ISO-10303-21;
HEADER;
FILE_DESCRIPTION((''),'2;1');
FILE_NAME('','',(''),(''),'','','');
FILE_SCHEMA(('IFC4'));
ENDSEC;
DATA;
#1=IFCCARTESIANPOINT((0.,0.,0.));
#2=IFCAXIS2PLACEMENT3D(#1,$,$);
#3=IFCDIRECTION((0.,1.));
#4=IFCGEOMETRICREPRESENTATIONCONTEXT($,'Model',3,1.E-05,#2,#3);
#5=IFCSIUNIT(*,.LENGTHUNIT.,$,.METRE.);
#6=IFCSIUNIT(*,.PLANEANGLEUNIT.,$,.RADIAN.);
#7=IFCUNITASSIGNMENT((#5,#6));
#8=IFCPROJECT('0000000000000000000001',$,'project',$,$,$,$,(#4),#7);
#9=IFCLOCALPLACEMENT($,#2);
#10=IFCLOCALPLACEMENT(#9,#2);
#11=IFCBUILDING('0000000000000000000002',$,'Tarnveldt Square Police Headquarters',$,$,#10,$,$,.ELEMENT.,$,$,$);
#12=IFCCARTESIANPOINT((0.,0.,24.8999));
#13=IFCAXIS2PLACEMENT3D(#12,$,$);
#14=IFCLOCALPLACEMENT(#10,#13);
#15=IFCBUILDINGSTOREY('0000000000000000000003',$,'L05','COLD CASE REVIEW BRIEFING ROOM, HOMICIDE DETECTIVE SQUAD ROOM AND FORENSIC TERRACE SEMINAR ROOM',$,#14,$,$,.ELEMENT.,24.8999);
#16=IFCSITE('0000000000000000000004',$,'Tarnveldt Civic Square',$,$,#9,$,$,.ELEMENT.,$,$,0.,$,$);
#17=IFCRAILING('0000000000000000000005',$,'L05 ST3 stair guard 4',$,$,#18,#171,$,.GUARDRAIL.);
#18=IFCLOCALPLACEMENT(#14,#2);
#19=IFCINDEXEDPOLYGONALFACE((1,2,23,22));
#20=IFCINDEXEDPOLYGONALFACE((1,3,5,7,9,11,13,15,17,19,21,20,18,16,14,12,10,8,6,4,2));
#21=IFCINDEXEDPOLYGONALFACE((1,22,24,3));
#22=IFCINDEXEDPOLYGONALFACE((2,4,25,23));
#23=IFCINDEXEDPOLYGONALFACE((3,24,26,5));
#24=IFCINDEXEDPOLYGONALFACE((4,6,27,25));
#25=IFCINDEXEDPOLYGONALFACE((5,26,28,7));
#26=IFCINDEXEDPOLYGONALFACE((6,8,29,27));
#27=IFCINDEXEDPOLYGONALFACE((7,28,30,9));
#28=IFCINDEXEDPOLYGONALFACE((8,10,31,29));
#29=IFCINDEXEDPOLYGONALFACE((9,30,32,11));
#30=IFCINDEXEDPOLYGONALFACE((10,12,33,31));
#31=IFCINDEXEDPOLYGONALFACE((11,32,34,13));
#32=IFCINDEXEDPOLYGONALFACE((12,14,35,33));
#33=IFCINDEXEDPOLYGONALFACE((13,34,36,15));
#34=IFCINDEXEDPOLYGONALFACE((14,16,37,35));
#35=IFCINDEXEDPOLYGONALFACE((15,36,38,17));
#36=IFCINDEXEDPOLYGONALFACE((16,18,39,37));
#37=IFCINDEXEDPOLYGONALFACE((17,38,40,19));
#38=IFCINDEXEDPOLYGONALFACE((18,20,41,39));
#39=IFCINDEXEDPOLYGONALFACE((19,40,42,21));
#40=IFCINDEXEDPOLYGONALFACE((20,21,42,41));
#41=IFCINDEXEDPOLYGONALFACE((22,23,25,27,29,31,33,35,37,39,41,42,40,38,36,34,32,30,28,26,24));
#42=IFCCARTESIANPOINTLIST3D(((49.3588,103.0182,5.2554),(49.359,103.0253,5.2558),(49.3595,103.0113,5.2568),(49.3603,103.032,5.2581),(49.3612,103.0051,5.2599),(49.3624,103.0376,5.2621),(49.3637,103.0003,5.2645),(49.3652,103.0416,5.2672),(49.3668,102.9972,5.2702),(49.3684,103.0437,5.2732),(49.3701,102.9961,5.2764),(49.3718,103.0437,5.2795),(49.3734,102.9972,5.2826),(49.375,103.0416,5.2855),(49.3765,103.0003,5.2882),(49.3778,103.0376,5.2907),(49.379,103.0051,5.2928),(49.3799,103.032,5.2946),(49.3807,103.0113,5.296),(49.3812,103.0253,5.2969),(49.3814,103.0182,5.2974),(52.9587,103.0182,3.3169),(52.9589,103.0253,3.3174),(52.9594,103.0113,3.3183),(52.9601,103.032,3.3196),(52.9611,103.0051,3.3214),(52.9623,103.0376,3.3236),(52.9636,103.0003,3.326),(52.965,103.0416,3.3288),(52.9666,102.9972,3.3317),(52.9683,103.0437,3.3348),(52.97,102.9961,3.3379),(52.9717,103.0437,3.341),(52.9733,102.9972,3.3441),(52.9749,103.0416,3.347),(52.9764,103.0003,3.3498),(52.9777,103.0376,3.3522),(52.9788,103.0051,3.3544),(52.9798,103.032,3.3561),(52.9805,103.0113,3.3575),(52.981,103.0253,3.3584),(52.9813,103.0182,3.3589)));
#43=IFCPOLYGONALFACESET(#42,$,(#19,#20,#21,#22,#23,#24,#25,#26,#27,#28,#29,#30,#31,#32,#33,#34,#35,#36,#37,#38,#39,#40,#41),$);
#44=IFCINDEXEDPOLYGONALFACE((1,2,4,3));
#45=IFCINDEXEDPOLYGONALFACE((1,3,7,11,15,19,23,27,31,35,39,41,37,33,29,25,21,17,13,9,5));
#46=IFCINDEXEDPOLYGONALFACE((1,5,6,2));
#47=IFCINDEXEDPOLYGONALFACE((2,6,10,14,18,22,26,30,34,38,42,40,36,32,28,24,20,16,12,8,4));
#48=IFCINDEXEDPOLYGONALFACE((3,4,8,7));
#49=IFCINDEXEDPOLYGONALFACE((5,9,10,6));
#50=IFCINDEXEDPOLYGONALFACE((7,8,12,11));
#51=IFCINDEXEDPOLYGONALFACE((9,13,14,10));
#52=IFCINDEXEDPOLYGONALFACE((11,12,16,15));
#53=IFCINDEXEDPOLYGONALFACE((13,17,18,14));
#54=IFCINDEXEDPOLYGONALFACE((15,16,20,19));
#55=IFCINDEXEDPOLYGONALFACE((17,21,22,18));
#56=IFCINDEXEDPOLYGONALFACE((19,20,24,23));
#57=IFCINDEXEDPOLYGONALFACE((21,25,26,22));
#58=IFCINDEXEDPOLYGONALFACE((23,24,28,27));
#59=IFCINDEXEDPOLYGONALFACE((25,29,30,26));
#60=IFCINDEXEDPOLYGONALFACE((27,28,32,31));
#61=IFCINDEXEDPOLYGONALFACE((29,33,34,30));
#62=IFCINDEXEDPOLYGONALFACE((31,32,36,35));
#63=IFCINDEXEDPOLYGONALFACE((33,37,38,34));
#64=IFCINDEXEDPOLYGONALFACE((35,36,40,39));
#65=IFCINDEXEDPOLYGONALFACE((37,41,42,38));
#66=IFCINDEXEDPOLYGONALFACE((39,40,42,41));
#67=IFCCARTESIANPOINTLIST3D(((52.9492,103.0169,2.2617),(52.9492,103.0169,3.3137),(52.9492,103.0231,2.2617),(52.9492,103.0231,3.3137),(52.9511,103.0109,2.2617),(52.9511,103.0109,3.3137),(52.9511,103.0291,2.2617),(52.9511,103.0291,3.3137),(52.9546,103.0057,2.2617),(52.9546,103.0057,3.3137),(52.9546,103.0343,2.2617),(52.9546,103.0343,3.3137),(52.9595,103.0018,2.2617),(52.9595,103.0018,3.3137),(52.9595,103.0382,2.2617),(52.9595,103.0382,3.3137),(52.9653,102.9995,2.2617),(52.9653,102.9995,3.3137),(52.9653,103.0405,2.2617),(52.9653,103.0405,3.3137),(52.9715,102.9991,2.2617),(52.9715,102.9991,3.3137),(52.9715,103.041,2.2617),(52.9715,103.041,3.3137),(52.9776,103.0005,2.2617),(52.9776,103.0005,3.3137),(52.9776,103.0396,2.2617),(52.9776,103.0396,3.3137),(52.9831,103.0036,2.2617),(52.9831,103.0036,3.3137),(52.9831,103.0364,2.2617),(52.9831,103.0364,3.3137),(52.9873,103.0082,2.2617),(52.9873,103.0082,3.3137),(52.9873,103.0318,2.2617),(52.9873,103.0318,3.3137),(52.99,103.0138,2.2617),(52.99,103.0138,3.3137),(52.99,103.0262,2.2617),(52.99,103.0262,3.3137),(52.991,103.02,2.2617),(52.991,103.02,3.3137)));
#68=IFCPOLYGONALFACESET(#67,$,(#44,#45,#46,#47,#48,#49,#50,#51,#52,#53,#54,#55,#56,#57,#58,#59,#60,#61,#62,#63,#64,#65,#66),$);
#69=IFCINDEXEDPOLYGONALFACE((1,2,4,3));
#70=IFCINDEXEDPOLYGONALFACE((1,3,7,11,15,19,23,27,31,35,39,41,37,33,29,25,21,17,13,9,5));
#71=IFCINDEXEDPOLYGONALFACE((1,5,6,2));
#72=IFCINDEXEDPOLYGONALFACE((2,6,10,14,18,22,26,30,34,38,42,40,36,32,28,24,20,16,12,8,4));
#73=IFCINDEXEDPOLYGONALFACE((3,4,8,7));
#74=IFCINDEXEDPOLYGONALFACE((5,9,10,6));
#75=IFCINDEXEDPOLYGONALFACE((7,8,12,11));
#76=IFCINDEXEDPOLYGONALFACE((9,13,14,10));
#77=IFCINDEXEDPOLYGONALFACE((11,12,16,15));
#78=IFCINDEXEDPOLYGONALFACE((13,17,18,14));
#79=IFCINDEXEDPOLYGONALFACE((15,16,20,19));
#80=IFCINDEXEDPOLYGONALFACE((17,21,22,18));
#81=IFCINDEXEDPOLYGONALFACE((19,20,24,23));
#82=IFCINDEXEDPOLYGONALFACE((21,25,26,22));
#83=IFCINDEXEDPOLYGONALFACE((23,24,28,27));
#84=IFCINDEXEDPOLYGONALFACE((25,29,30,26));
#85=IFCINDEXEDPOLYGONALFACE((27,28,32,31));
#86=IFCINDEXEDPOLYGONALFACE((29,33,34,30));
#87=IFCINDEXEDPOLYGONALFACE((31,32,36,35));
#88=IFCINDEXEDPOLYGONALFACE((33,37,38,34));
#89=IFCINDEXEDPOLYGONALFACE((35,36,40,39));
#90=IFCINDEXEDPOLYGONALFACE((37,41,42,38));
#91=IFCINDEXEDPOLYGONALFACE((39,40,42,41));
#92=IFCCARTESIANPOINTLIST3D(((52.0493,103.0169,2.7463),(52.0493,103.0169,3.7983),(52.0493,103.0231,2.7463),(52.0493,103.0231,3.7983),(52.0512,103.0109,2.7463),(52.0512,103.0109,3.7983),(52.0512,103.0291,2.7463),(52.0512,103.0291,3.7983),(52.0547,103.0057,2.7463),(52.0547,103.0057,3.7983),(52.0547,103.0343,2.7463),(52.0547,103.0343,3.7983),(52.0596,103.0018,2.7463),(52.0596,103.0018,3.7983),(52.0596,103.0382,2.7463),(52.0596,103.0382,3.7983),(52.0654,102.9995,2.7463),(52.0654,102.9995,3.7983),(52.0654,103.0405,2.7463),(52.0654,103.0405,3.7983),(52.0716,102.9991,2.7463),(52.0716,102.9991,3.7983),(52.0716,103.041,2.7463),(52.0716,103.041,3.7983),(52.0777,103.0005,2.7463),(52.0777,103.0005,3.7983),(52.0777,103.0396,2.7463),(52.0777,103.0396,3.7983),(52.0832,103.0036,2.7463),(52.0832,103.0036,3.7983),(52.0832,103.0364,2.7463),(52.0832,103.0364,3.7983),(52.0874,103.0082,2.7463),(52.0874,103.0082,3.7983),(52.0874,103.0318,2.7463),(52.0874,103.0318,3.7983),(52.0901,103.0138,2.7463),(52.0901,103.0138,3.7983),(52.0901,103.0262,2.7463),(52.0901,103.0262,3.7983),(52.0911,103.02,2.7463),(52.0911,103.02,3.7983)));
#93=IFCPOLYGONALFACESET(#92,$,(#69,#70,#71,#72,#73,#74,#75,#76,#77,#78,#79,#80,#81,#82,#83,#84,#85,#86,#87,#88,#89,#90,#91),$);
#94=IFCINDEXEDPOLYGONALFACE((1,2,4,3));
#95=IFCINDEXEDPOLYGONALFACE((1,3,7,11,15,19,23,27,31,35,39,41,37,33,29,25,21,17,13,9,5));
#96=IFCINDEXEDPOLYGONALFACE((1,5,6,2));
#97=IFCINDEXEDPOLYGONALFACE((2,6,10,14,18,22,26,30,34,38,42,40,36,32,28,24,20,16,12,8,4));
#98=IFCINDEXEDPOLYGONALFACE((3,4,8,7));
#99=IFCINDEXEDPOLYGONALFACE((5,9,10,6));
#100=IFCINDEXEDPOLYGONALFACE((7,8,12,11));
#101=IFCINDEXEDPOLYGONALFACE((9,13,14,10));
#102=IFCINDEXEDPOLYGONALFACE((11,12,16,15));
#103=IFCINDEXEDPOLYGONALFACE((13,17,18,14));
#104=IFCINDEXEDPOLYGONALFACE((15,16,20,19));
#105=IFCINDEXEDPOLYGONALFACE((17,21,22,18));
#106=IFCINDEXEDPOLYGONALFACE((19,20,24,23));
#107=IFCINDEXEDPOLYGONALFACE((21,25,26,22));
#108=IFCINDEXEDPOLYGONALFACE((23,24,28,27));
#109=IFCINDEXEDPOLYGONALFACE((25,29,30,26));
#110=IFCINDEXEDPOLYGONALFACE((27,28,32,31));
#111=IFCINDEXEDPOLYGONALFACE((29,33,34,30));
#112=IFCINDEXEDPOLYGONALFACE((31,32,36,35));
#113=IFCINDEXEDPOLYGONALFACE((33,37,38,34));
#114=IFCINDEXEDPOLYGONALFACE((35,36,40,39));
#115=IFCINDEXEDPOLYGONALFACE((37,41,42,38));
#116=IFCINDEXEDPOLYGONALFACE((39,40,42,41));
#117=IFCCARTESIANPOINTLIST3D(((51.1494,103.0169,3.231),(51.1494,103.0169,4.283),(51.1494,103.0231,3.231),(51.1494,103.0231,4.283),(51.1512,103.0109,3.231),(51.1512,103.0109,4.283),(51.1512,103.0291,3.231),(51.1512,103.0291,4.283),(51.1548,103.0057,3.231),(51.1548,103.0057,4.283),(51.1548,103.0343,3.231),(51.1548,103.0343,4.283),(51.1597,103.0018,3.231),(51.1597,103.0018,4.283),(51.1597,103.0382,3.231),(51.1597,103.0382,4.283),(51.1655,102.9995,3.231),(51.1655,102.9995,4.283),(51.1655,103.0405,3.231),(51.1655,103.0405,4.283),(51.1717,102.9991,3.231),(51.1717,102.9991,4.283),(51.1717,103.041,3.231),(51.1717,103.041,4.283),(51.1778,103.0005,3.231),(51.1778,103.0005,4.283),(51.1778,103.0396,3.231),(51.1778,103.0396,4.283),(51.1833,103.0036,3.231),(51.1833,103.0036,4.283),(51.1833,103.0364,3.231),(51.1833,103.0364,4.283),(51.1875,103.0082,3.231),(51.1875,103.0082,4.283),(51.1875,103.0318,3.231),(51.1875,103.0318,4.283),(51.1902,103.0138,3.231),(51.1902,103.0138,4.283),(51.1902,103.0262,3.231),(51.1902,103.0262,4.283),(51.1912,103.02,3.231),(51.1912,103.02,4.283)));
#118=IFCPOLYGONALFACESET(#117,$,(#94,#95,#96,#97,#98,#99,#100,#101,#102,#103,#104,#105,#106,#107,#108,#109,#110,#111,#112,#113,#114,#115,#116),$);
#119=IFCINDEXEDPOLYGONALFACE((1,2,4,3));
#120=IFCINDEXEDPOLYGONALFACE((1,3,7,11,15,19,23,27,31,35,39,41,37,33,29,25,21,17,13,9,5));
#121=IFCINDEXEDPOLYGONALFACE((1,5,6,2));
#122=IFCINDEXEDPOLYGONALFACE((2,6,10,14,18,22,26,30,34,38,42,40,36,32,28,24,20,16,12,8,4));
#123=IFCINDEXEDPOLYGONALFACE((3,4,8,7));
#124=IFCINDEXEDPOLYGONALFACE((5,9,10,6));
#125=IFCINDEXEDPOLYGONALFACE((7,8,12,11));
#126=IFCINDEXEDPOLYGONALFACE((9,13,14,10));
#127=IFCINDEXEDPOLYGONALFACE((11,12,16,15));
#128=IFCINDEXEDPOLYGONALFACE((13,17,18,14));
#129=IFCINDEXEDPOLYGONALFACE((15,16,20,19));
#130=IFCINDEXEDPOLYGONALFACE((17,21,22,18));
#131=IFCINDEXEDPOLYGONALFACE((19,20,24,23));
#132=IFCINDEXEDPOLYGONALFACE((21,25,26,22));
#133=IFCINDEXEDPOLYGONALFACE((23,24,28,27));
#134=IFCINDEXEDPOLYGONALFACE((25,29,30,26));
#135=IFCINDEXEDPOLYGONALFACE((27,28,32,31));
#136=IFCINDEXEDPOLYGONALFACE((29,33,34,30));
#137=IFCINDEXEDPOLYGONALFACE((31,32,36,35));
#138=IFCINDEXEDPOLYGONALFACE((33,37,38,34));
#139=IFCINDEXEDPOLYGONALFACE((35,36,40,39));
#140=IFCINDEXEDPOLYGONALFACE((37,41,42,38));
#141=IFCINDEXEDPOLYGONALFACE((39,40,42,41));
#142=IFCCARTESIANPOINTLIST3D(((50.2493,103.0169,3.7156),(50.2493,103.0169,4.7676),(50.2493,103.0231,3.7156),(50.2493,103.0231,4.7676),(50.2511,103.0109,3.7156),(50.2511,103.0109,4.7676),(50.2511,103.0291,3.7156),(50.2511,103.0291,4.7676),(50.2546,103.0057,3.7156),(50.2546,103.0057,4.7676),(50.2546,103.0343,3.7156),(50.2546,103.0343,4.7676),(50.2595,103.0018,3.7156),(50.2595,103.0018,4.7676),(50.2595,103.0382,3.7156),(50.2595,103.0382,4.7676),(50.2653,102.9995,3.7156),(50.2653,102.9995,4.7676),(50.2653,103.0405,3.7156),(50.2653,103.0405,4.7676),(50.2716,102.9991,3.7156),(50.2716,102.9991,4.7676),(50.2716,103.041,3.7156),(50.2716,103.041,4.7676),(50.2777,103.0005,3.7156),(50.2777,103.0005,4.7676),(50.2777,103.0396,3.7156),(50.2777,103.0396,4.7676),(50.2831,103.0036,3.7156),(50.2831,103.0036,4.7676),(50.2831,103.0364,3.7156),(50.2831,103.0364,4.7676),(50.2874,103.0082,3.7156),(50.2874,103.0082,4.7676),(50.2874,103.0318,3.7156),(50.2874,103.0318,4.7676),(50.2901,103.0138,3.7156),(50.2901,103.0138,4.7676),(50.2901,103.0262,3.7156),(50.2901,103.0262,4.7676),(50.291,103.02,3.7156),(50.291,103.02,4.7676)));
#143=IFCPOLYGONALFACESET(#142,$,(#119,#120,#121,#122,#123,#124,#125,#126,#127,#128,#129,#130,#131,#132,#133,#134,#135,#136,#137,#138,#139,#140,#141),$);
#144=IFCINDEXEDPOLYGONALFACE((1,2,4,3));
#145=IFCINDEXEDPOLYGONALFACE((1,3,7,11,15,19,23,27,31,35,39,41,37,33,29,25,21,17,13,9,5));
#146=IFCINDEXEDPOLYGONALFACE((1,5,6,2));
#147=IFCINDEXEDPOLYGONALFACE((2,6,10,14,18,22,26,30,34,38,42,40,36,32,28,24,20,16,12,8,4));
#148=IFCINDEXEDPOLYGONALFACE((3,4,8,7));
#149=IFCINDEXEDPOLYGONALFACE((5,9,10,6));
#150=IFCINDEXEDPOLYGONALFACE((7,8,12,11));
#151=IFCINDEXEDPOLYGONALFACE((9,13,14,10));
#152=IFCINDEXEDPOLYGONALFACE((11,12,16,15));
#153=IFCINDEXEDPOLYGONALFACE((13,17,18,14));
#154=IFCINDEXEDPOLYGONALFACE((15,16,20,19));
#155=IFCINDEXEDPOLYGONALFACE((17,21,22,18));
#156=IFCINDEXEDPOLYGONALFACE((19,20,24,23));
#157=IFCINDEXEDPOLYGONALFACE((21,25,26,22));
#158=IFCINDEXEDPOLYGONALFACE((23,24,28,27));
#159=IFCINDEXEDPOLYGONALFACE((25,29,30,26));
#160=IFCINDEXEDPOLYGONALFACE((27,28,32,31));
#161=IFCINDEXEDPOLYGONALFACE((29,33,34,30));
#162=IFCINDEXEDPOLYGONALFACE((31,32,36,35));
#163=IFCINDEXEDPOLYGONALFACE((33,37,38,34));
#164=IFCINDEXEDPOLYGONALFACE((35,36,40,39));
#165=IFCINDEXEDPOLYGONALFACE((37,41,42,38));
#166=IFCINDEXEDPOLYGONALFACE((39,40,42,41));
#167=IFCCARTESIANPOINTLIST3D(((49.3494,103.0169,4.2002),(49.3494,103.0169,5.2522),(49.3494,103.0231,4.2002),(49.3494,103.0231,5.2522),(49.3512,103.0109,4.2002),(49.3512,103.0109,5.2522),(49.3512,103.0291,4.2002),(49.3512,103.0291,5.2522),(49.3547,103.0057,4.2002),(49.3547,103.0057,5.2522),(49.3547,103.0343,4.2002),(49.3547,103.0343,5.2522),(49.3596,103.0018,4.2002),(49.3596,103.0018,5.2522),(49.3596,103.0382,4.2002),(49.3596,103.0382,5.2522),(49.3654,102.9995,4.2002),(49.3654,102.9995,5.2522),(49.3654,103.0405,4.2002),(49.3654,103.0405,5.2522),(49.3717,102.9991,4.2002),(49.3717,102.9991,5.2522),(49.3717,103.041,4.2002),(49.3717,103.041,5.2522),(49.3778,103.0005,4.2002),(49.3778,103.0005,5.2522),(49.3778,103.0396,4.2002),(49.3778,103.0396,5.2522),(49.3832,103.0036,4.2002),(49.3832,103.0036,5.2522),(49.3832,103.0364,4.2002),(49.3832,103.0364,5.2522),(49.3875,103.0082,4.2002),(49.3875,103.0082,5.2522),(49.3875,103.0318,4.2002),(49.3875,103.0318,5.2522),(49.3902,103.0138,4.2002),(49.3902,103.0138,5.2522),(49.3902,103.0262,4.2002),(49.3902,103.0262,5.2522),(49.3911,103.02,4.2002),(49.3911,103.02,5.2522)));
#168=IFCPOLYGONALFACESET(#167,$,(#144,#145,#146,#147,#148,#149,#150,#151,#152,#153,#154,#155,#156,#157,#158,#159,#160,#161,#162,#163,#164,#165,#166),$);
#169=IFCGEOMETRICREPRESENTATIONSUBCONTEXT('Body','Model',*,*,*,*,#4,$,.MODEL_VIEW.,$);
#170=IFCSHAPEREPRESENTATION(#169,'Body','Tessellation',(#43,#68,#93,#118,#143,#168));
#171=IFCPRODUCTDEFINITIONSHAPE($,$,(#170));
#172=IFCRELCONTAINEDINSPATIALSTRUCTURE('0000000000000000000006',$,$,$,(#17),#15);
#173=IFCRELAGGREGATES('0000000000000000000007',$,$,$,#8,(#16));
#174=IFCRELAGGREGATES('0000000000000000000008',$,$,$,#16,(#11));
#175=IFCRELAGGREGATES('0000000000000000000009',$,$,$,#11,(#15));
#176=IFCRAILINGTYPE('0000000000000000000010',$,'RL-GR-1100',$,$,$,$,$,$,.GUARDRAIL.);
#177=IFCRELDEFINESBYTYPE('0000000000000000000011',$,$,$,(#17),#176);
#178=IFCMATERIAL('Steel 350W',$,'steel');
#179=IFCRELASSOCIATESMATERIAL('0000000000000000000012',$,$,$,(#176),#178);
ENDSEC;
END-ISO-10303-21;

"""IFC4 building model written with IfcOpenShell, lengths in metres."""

from ifc_helpers import new_model, si_unit, direction, frame, origin, origin_2d, place, context, subcontext, project, spatial, circle, extrude, material, type_object, element, save


model = new_model("IFC4")

# Units and contexts
model_context = context("Model", 3, precision=1e-05, world=origin(), true_north=direction((0.0, 1.0)))
body_context = subcontext(model_context, "Body", "Model", "MODEL_VIEW")
ifc_project = project(units=[si_unit("LENGTHUNIT", "METRE"), si_unit("PLANEANGLEUNIT", "RADIAN")], contexts=[model_context])

# Site, building, storey
site_placement = place(None, origin())
site = spatial("IfcSite", under=ifc_project, at=site_placement, Name="Tarnveldt Civic Square", CompositionType="ELEMENT", RefElevation=0.0)
building_placement = place(site_placement, origin())
building = spatial("IfcBuilding", under=site, at=building_placement, Name="Tarnveldt Square Police Headquarters", CompositionType="ELEMENT")
storey_placement = place(building_placement, frame((0.0, 0.0, 24.8999)))
storey = spatial("IfcBuildingStorey", under=building, at=storey_placement, Name="L05", Description="COLD CASE REVIEW BRIEFING ROOM, HOMICIDE DETECTIVE SQUAD ROOM AND FORENSIC TERRACE SEMINAR ROOM", CompositionType="ELEMENT", Elevation=24.8999)

# Shared definitions
ifc_material_1 = material(Name="Steel 350W", Category="steel")

# Railing
railing_type_1 = type_object("IfcRailingType", Name="RL-GR-1100", PredefinedType="GUARDRAIL", material=ifc_material_1)
railing_1_placement = place(storey_placement, frame((52.97, 103.02, 2.2617)))
element("IfcRailing", 1, at=railing_1_placement, inside=storey, type_object=railing_type_1, Name="L05 ST3 stair guard 4", PredefinedType="GUARDRAIL", context=body_context, shape_type="SweptSolid", body=[
    extrude(circle(Radius=0.0239, at=origin_2d()), frame((0.0, 0.0, 1.0762), z_axis=(-0.880462, 0.0, 0.474118), x_axis=(0.0, -1.0, 0.0)), (0.0, 0.0, 1.0), 4.0886),
    extrude(circle(Radius=0.021, at=origin_2d()), origin(), (0.0, 0.0, 1.0), 1.052),
    extrude(circle(Radius=0.021, at=origin_2d()), frame((-0.8999, 0.0, 0.4846)), (0.0, 0.0, 1.0), 1.052),
    extrude(circle(Radius=0.021, at=origin_2d()), frame((-1.7998, 0.0, 0.9692)), (0.0, 0.0, 1.0), 1.052),
    extrude(circle(Radius=0.021, at=origin_2d()), frame((-2.7, 0.0, 1.4539)), (0.0, 0.0, 1.0), 1.052),
    extrude(circle(Radius=0.021, at=origin_2d()), frame((-3.5999, 0.0, 1.9385)), (0.0, 0.0, 1.0), 1.052),
])

save(model, "model.ifc")
